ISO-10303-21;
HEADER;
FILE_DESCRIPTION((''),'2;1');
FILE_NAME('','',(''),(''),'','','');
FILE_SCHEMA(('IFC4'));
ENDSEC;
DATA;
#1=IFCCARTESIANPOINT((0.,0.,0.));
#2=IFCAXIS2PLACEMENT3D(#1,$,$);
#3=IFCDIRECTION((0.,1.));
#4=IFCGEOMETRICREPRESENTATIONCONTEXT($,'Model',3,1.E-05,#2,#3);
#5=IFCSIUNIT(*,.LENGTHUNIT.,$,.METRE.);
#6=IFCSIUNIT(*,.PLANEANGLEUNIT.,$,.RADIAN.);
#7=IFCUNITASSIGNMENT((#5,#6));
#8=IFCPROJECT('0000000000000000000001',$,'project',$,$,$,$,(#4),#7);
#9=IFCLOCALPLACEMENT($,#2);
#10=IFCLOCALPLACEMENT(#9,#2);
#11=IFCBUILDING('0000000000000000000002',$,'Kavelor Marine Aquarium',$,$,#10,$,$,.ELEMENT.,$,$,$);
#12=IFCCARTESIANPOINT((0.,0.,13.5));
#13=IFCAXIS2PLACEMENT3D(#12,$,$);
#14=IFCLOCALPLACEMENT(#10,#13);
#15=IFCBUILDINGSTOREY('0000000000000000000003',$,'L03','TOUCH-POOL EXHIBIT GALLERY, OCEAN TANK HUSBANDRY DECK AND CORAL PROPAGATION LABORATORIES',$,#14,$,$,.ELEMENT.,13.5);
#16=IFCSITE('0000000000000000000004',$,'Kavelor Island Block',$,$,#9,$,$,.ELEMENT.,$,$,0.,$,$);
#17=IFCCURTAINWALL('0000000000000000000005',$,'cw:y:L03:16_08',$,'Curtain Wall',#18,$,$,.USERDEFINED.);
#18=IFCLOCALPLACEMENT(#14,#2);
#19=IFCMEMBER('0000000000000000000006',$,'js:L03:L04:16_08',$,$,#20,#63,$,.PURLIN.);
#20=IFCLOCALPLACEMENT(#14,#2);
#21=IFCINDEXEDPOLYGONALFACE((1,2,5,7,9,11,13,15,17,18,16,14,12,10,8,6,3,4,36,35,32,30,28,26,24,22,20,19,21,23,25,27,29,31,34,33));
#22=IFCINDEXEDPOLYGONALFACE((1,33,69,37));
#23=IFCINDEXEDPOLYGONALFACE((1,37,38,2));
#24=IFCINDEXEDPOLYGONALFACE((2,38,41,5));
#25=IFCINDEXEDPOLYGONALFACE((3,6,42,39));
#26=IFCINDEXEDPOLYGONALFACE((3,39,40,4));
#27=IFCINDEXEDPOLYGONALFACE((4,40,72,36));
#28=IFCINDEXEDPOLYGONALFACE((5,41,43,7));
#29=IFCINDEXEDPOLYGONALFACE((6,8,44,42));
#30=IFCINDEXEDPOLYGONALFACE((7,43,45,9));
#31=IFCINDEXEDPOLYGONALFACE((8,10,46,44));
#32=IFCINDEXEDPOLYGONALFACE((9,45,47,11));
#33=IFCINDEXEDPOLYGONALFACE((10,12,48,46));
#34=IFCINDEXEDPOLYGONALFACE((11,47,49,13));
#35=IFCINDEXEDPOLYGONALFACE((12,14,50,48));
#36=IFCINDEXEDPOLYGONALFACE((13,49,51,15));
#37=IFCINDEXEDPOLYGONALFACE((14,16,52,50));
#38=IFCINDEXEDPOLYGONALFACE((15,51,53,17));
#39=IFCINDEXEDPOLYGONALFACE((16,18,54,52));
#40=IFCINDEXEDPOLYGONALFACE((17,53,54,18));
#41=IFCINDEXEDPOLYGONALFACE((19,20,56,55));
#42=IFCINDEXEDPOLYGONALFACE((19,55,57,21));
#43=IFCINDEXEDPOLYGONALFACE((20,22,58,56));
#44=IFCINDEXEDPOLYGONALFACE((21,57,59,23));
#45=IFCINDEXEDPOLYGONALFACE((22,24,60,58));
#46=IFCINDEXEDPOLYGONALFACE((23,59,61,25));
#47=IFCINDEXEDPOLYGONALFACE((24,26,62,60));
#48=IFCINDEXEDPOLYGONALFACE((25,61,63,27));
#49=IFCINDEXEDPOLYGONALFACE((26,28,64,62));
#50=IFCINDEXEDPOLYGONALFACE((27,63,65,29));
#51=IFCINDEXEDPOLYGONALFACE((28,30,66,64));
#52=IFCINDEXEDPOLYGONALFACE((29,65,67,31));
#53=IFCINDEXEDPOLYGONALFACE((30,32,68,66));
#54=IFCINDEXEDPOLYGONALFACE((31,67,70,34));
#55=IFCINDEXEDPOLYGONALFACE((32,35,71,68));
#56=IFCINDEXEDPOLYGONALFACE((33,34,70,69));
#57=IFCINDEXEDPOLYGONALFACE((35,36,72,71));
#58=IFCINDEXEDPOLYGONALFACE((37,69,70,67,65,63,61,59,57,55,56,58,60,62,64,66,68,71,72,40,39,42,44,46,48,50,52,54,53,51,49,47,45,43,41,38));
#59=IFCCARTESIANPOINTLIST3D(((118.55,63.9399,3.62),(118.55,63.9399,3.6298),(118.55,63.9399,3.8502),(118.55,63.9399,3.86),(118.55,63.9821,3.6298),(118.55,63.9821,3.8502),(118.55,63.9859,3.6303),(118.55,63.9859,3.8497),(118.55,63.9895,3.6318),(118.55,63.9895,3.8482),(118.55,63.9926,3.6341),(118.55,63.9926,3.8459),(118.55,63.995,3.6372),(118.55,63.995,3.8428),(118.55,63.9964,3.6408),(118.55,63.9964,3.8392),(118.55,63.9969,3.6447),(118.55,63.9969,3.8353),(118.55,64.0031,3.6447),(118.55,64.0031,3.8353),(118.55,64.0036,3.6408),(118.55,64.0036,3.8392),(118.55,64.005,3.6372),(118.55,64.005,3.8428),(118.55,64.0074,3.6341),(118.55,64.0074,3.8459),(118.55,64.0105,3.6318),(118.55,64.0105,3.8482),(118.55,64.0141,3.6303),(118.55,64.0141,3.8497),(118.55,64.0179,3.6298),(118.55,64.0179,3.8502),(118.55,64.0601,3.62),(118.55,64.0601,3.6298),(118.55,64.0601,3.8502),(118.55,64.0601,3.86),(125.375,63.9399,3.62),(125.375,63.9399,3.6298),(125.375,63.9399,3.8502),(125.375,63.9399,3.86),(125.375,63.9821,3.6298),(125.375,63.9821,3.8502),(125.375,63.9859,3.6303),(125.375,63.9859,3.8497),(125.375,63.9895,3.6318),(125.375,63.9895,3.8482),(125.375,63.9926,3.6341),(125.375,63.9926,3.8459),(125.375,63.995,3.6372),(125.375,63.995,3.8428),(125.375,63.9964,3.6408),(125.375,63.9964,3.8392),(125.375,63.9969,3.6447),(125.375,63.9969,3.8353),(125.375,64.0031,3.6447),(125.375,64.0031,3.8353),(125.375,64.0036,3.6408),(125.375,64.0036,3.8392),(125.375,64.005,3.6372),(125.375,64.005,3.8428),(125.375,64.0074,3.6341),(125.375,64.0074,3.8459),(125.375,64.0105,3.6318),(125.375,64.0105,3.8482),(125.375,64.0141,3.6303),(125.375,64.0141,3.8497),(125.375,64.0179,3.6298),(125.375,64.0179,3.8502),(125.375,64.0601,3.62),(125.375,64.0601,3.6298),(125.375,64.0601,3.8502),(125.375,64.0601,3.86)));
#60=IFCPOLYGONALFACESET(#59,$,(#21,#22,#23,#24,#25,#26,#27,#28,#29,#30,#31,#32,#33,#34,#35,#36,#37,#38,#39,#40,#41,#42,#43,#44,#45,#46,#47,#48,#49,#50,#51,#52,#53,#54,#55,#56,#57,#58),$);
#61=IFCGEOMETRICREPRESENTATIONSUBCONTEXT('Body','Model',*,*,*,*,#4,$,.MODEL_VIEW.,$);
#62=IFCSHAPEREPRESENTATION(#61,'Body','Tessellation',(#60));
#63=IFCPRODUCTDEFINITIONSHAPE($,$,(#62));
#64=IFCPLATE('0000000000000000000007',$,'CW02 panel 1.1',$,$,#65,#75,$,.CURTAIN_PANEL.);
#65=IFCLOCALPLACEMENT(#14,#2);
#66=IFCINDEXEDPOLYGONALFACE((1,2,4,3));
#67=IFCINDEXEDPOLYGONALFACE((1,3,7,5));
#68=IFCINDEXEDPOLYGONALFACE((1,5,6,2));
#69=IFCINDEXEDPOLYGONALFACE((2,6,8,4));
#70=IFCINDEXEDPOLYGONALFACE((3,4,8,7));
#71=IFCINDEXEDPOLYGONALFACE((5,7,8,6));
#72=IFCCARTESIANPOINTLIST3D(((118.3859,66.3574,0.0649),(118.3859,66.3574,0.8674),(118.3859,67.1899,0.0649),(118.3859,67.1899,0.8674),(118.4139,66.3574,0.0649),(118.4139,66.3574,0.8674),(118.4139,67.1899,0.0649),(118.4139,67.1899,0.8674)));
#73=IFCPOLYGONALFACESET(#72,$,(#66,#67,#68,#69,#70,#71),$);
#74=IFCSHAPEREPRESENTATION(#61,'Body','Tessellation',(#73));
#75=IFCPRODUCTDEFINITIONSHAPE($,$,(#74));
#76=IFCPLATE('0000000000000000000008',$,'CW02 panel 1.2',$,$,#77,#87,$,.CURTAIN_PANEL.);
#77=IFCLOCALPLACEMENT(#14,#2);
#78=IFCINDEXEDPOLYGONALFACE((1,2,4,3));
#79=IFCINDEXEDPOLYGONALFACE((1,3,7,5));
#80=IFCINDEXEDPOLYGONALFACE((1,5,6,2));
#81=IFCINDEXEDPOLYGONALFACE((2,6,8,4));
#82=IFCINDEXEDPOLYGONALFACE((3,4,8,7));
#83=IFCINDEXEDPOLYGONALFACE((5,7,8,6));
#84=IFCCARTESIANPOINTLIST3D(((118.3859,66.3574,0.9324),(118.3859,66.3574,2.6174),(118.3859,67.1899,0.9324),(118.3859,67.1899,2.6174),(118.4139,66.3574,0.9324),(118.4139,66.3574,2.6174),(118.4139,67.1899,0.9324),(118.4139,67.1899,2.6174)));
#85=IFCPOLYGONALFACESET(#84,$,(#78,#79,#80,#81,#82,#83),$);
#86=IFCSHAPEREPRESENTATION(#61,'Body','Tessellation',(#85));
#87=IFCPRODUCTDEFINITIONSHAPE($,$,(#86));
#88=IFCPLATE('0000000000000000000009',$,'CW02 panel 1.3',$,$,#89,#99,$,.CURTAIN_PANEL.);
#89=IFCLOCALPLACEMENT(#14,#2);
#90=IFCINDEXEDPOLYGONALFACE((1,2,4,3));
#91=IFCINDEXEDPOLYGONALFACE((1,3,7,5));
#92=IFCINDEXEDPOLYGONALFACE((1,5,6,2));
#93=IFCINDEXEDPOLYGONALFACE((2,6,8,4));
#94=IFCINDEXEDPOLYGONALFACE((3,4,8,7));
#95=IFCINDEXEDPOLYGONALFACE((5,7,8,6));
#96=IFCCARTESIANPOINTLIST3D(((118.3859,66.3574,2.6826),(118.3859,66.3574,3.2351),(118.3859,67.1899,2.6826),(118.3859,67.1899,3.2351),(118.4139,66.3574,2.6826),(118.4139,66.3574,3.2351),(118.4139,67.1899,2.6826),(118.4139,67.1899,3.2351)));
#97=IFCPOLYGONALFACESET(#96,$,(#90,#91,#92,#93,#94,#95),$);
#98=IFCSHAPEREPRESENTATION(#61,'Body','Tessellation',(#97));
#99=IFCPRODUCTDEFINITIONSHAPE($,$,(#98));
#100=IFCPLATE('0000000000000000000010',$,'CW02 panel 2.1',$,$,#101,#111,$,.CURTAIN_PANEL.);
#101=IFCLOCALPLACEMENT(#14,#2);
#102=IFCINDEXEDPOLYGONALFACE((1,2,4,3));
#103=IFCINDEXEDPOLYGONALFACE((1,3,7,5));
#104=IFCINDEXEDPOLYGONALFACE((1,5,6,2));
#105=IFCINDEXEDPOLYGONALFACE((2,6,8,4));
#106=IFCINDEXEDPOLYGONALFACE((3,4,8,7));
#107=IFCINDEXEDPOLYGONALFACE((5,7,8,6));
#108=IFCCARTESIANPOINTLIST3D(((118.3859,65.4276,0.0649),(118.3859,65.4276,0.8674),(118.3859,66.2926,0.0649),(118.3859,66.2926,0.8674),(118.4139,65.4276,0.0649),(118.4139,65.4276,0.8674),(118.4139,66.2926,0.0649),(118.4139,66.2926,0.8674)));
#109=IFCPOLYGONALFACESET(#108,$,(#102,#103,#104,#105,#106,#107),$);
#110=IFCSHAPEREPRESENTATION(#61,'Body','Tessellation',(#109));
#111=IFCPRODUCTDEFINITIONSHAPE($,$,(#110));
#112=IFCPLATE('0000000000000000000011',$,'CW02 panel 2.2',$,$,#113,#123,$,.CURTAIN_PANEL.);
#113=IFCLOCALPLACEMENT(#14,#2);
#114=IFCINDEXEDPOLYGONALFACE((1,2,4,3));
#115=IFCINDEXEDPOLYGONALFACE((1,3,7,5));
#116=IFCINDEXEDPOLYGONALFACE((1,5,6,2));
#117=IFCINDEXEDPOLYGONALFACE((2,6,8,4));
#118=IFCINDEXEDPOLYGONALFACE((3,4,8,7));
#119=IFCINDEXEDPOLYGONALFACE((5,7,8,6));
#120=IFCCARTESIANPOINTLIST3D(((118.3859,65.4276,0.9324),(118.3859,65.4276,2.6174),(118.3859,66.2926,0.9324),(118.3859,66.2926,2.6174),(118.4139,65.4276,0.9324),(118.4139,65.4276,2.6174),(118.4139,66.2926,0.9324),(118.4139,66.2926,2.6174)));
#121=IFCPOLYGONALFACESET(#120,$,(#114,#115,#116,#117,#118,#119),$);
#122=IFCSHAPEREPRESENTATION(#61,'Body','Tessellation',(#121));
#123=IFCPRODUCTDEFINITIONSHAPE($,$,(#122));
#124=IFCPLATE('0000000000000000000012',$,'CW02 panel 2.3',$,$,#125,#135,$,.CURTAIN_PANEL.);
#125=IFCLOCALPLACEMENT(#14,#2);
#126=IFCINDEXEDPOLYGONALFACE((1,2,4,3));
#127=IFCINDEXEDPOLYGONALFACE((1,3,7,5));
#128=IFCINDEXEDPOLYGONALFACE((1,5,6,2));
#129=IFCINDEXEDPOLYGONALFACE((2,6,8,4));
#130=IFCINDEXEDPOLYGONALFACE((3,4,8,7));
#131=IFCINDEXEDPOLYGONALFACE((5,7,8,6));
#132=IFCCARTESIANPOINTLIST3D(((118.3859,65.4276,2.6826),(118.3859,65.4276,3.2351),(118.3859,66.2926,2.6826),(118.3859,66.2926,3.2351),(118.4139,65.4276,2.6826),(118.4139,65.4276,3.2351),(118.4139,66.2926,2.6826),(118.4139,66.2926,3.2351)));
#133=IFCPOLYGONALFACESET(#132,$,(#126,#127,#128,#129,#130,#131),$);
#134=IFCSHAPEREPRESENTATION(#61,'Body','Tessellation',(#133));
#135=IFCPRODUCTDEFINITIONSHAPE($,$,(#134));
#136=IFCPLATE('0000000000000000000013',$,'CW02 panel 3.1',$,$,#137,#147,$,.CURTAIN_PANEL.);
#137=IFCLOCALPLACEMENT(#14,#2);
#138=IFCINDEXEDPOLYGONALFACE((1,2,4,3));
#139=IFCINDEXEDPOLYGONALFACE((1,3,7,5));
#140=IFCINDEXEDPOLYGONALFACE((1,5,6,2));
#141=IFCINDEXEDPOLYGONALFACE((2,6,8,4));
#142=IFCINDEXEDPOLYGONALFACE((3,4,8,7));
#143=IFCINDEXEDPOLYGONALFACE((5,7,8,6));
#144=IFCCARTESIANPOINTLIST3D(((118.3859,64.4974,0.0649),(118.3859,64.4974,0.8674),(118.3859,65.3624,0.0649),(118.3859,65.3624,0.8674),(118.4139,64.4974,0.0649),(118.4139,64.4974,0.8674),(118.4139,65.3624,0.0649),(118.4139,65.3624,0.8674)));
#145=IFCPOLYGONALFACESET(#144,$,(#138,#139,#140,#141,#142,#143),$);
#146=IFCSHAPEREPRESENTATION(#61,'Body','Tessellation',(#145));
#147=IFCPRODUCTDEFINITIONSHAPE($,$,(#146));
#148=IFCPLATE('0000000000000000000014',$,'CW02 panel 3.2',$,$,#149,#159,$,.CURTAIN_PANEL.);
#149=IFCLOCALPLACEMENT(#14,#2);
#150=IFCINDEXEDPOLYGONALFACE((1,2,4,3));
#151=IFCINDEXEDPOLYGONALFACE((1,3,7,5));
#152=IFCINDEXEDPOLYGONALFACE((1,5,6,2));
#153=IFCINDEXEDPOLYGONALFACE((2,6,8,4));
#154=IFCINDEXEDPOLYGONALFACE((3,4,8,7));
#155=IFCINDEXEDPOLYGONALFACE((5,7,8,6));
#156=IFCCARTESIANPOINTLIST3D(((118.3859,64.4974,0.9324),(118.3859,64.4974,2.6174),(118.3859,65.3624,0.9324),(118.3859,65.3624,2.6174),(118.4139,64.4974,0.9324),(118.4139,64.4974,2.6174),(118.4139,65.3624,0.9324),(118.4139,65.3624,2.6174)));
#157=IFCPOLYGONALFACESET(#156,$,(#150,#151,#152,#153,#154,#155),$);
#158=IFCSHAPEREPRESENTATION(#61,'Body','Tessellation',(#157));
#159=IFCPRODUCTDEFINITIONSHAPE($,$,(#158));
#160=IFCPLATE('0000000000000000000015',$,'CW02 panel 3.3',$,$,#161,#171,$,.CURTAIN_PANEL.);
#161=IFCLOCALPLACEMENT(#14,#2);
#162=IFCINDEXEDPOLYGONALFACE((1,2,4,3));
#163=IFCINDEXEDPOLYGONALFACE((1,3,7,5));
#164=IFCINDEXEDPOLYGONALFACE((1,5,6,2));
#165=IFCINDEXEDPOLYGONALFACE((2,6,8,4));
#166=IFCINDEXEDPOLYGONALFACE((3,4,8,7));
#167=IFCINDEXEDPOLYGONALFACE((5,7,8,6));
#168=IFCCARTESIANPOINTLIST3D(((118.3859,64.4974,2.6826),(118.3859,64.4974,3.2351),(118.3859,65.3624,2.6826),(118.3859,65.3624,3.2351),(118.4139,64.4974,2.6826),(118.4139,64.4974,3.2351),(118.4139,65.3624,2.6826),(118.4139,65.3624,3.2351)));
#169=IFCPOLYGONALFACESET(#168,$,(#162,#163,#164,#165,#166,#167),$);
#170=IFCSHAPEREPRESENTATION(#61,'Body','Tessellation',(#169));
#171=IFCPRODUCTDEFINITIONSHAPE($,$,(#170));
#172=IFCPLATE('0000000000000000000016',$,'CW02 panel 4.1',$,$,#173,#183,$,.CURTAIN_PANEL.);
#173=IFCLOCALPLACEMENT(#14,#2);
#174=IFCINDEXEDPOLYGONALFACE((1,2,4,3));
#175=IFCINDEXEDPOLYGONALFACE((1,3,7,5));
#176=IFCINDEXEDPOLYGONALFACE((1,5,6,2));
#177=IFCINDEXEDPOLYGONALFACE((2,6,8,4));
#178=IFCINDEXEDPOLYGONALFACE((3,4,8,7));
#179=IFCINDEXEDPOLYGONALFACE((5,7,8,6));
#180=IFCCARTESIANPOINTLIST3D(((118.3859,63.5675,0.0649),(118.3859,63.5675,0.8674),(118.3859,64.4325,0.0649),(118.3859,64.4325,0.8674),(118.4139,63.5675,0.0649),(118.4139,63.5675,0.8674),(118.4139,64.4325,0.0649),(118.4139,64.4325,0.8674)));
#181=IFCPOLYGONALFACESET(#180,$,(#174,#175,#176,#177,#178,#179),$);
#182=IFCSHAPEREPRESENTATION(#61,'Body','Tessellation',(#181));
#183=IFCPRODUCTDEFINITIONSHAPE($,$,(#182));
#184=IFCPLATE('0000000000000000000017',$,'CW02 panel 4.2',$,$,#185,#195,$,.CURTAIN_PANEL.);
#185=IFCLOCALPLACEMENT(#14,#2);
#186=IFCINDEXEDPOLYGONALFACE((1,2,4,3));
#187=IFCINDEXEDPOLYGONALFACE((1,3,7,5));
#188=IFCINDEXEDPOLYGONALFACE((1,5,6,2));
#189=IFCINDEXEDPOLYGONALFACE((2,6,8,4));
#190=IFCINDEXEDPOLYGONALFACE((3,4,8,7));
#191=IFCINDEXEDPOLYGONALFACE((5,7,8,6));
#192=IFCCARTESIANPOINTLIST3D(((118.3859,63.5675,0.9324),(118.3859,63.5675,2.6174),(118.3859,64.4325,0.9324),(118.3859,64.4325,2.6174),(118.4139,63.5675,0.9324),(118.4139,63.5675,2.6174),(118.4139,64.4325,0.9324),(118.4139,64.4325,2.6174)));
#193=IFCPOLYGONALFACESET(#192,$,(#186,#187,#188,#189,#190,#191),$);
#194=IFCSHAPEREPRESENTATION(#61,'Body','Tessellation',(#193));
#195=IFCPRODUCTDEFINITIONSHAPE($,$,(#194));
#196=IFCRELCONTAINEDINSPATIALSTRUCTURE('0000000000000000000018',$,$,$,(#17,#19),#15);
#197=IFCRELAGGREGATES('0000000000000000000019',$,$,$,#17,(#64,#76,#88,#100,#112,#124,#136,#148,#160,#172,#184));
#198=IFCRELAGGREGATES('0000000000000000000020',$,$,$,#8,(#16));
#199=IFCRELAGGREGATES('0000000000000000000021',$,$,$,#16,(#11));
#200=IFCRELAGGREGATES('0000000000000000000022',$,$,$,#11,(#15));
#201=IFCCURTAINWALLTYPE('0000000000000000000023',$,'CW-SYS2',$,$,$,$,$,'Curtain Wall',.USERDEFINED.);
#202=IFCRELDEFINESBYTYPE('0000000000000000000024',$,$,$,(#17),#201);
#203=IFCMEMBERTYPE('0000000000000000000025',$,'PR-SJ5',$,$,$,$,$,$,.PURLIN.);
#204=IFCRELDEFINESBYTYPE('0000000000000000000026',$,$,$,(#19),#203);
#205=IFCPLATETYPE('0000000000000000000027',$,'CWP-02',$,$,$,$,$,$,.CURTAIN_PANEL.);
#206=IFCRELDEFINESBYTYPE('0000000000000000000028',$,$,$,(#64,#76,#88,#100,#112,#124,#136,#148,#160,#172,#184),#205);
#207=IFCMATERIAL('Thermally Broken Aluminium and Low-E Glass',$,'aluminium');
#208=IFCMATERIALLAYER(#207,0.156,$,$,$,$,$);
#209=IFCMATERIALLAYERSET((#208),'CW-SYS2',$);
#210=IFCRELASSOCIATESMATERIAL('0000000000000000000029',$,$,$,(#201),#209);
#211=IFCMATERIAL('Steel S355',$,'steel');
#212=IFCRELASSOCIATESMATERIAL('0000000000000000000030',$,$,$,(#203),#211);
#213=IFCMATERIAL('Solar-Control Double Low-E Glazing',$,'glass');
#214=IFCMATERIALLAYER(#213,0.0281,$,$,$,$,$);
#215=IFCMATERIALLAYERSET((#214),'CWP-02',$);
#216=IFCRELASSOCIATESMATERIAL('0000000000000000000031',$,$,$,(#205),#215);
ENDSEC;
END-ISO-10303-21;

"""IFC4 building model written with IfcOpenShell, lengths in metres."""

from ifc_helpers import new_model, si_unit, direction, frame, origin, origin_2d, place, context, subcontext, project, spatial, rectangle, i_section, extrude, material, layer, layer_set, material_profile, profile_set, type_object, element, aggregate, save


model = new_model("IFC4")

# Units and contexts
model_context = context("Model", 3, precision=1e-05, world=origin(), true_north=direction((0.0, 1.0)))
body_context = subcontext(model_context, "Body", "Model", "MODEL_VIEW")
ifc_project = project(units=[si_unit("LENGTHUNIT", "METRE"), si_unit("PLANEANGLEUNIT", "RADIAN")], contexts=[model_context])

# Site, building, storey
site_placement = place(None, origin())
site = spatial("IfcSite", under=ifc_project, at=site_placement, Name="Kavelor Island Block", CompositionType="ELEMENT", RefElevation=0.0)
building_placement = place(site_placement, origin())
building = spatial("IfcBuilding", under=site, at=building_placement, Name="Kavelor Marine Aquarium", CompositionType="ELEMENT")
storey_placement = place(building_placement, frame((0.0, 0.0, 13.5)))
storey = spatial("IfcBuildingStorey", under=building, at=storey_placement, Name="L03", Description="TOUCH-POOL EXHIBIT GALLERY, OCEAN TANK HUSBANDRY DECK AND CORAL PROPAGATION LABORATORIES", CompositionType="ELEMENT", Elevation=13.5)

# Curtain wall
ifc_material_1 = material(Name="Thermally Broken Aluminium and Low-E Glass", Category="aluminium")
ifc_layer_1 = layer(ifc_material_1, 0.156)
ifc_layer_set_1 = layer_set([ifc_layer_1], Name="CW-SYS2")
curtain_wall_type_1 = type_object("IfcCurtainWallType", Name="CW-SYS2", ElementType="Curtain Wall", PredefinedType="USERDEFINED", material=ifc_layer_set_1)
curtain_wall_1_placement = place(storey_placement, origin())
curtain_wall_1 = element("IfcCurtainWall", 1, at=curtain_wall_1_placement, inside=storey, type_object=curtain_wall_type_1, Name="cw:y:L03:16_08", ObjectType="Curtain Wall", PredefinedType="USERDEFINED")

# Member
ifc_material_2 = material(Name="Steel S355", Category="steel")
ifc_material_profile_1 = material_profile(ifc_material_2, i_section(OverallWidth=0.1201, OverallDepth=0.24, WebThickness=0.0061, FlangeThickness=0.0098, FilletRadius=0.0149, at=origin_2d()), Name="IPE 240")
ifc_profile_set_1 = profile_set([ifc_material_profile_1], Name="Steel S355")
member_type_1 = type_object("IfcMemberType", Name="PR-SJ5", PredefinedType="PURLIN", material=ifc_profile_set_1)
member_1_placement = place(storey_placement, frame((118.55, 64.0, 3.74), z_axis=(1.0, 0.0, 0.0), x_axis=(0.0, 1.0, 0.0)))
element("IfcMember", 2, at=member_1_placement, inside=storey, type_object=member_type_1, Name="js:L03:L04:16_08", PredefinedType="PURLIN", context=body_context, shape_type="SweptSolid", body=[
    extrude(i_section(OverallWidth=0.1201, OverallDepth=0.24, WebThickness=0.0061, FlangeThickness=0.0098, FilletRadius=0.0149, at=origin_2d()), origin(), (0.0, 0.0, 1.0), 6.825),
])

# Plates
ifc_material_3 = material(Name="Solar-Control Double Low-E Glazing", Category="glass")
ifc_layer_2 = layer(ifc_material_3, 0.0281)
ifc_layer_set_2 = layer_set([ifc_layer_2], Name="CWP-02")
plate_type = type_object("IfcPlateType", Name="CWP-02", PredefinedType="CURTAIN_PANEL", material=ifc_layer_set_2)
plate_1_placement = place(storey_placement, frame((118.3999, 66.7737, 0.0649), z_axis=(0.0, 0.0, 1.0), x_axis=(0.0, -1.0, 0.0)))
plate_1 = element("IfcPlate", 3, at=plate_1_placement, type_object=plate_type, Name="CW02 panel 1.1", PredefinedType="CURTAIN_PANEL", context=body_context, shape_type="SweptSolid", body=[
    extrude(rectangle(XDim=0.8325, YDim=0.0281, at=origin_2d()), origin(), (0.0, 0.0, 1.0), 0.8025),
])
plate_2_placement = place(storey_placement, frame((118.3999, 66.7737, 0.9324), z_axis=(0.0, 0.0, 1.0), x_axis=(0.0, -1.0, 0.0)))
plate_2 = element("IfcPlate", 4, at=plate_2_placement, type_object=plate_type, Name="CW02 panel 1.2", PredefinedType="CURTAIN_PANEL", context=body_context, shape_type="SweptSolid", body=[
    extrude(rectangle(XDim=0.8325, YDim=0.0281, at=origin_2d()), origin(), (0.0, 0.0, 1.0), 1.6851),
])
plate_3_placement = place(storey_placement, frame((118.3999, 66.7737, 2.6826), z_axis=(0.0, 0.0, 1.0), x_axis=(0.0, -1.0, 0.0)))
plate_3 = element("IfcPlate", 5, at=plate_3_placement, type_object=plate_type, Name="CW02 panel 1.3", PredefinedType="CURTAIN_PANEL", context=body_context, shape_type="SweptSolid", body=[
    extrude(rectangle(XDim=0.8325, YDim=0.0281, at=origin_2d()), origin(), (0.0, 0.0, 1.0), 0.5525),
])
plate_4_placement = place(storey_placement, frame((118.3999, 65.8601, 0.0649), z_axis=(0.0, 0.0, 1.0), x_axis=(0.0, -1.0, 0.0)))
plate_4 = element("IfcPlate", 6, at=plate_4_placement, type_object=plate_type, Name="CW02 panel 2.1", PredefinedType="CURTAIN_PANEL", context=body_context, shape_type="SweptSolid", body=[
    extrude(rectangle(XDim=0.865, YDim=0.0281, at=origin_2d()), origin(), (0.0, 0.0, 1.0), 0.8025),
])
plate_5_placement = place(storey_placement, frame((118.3999, 65.8601, 0.9324), z_axis=(0.0, 0.0, 1.0), x_axis=(0.0, -1.0, 0.0)))
plate_5 = element("IfcPlate", 7, at=plate_5_placement, type_object=plate_type, Name="CW02 panel 2.2", PredefinedType="CURTAIN_PANEL", context=body_context, shape_type="SweptSolid", body=[
    extrude(rectangle(XDim=0.865, YDim=0.0281, at=origin_2d()), origin(), (0.0, 0.0, 1.0), 1.6851),
])
plate_6_placement = place(storey_placement, frame((118.3999, 65.8601, 2.6826), z_axis=(0.0, 0.0, 1.0), x_axis=(0.0, -1.0, 0.0)))
plate_6 = element("IfcPlate", 8, at=plate_6_placement, type_object=plate_type, Name="CW02 panel 2.3", PredefinedType="CURTAIN_PANEL", context=body_context, shape_type="SweptSolid", body=[
    extrude(rectangle(XDim=0.865, YDim=0.0281, at=origin_2d()), origin(), (0.0, 0.0, 1.0), 0.5525),
])
plate_7_placement = place(storey_placement, frame((118.3999, 64.9299, 0.0649), z_axis=(0.0, 0.0, 1.0), x_axis=(0.0, -1.0, 0.0)))
plate_7 = element("IfcPlate", 9, at=plate_7_placement, type_object=plate_type, Name="CW02 panel 3.1", PredefinedType="CURTAIN_PANEL", context=body_context, shape_type="SweptSolid", body=[
    extrude(rectangle(XDim=0.865, YDim=0.0281, at=origin_2d()), origin(), (0.0, 0.0, 1.0), 0.8025),
])
plate_8_placement = place(storey_placement, frame((118.3999, 64.9299, 0.9324), z_axis=(0.0, 0.0, 1.0), x_axis=(0.0, -1.0, 0.0)))
plate_8 = element("IfcPlate", 10, at=plate_8_placement, type_object=plate_type, Name="CW02 panel 3.2", PredefinedType="CURTAIN_PANEL", context=body_context, shape_type="SweptSolid", body=[
    extrude(rectangle(XDim=0.865, YDim=0.0281, at=origin_2d()), origin(), (0.0, 0.0, 1.0), 1.6851),
])
plate_9_placement = place(storey_placement, frame((118.3999, 64.9299, 2.6826), z_axis=(0.0, 0.0, 1.0), x_axis=(0.0, -1.0, 0.0)))
plate_9 = element("IfcPlate", 11, at=plate_9_placement, type_object=plate_type, Name="CW02 panel 3.3", PredefinedType="CURTAIN_PANEL", context=body_context, shape_type="SweptSolid", body=[
    extrude(rectangle(XDim=0.865, YDim=0.0281, at=origin_2d()), origin(), (0.0, 0.0, 1.0), 0.5525),
])
plate_10_placement = place(storey_placement, frame((118.3999, 64.0, 0.0649), z_axis=(0.0, 0.0, 1.0), x_axis=(0.0, -1.0, 0.0)))
plate_10 = element("IfcPlate", 12, at=plate_10_placement, type_object=plate_type, Name="CW02 panel 4.1", PredefinedType="CURTAIN_PANEL", context=body_context, shape_type="SweptSolid", body=[
    extrude(rectangle(XDim=0.865, YDim=0.0281, at=origin_2d()), origin(), (0.0, 0.0, 1.0), 0.8025),
])
plate_11_placement = place(storey_placement, frame((118.3999, 64.0, 0.9324), z_axis=(0.0, 0.0, 1.0), x_axis=(0.0, -1.0, 0.0)))
plate_11 = element("IfcPlate", 13, at=plate_11_placement, type_object=plate_type, Name="CW02 panel 4.2", PredefinedType="CURTAIN_PANEL", context=body_context, shape_type="SweptSolid", body=[
    extrude(rectangle(XDim=0.865, YDim=0.0281, at=origin_2d()), origin(), (0.0, 0.0, 1.0), 1.6851),
])
aggregate(curtain_wall_1, [plate_1, plate_2, plate_3, plate_4, plate_5, plate_6, plate_7, plate_8, plate_9, plate_10, plate_11])

save(model, "model.ifc")
